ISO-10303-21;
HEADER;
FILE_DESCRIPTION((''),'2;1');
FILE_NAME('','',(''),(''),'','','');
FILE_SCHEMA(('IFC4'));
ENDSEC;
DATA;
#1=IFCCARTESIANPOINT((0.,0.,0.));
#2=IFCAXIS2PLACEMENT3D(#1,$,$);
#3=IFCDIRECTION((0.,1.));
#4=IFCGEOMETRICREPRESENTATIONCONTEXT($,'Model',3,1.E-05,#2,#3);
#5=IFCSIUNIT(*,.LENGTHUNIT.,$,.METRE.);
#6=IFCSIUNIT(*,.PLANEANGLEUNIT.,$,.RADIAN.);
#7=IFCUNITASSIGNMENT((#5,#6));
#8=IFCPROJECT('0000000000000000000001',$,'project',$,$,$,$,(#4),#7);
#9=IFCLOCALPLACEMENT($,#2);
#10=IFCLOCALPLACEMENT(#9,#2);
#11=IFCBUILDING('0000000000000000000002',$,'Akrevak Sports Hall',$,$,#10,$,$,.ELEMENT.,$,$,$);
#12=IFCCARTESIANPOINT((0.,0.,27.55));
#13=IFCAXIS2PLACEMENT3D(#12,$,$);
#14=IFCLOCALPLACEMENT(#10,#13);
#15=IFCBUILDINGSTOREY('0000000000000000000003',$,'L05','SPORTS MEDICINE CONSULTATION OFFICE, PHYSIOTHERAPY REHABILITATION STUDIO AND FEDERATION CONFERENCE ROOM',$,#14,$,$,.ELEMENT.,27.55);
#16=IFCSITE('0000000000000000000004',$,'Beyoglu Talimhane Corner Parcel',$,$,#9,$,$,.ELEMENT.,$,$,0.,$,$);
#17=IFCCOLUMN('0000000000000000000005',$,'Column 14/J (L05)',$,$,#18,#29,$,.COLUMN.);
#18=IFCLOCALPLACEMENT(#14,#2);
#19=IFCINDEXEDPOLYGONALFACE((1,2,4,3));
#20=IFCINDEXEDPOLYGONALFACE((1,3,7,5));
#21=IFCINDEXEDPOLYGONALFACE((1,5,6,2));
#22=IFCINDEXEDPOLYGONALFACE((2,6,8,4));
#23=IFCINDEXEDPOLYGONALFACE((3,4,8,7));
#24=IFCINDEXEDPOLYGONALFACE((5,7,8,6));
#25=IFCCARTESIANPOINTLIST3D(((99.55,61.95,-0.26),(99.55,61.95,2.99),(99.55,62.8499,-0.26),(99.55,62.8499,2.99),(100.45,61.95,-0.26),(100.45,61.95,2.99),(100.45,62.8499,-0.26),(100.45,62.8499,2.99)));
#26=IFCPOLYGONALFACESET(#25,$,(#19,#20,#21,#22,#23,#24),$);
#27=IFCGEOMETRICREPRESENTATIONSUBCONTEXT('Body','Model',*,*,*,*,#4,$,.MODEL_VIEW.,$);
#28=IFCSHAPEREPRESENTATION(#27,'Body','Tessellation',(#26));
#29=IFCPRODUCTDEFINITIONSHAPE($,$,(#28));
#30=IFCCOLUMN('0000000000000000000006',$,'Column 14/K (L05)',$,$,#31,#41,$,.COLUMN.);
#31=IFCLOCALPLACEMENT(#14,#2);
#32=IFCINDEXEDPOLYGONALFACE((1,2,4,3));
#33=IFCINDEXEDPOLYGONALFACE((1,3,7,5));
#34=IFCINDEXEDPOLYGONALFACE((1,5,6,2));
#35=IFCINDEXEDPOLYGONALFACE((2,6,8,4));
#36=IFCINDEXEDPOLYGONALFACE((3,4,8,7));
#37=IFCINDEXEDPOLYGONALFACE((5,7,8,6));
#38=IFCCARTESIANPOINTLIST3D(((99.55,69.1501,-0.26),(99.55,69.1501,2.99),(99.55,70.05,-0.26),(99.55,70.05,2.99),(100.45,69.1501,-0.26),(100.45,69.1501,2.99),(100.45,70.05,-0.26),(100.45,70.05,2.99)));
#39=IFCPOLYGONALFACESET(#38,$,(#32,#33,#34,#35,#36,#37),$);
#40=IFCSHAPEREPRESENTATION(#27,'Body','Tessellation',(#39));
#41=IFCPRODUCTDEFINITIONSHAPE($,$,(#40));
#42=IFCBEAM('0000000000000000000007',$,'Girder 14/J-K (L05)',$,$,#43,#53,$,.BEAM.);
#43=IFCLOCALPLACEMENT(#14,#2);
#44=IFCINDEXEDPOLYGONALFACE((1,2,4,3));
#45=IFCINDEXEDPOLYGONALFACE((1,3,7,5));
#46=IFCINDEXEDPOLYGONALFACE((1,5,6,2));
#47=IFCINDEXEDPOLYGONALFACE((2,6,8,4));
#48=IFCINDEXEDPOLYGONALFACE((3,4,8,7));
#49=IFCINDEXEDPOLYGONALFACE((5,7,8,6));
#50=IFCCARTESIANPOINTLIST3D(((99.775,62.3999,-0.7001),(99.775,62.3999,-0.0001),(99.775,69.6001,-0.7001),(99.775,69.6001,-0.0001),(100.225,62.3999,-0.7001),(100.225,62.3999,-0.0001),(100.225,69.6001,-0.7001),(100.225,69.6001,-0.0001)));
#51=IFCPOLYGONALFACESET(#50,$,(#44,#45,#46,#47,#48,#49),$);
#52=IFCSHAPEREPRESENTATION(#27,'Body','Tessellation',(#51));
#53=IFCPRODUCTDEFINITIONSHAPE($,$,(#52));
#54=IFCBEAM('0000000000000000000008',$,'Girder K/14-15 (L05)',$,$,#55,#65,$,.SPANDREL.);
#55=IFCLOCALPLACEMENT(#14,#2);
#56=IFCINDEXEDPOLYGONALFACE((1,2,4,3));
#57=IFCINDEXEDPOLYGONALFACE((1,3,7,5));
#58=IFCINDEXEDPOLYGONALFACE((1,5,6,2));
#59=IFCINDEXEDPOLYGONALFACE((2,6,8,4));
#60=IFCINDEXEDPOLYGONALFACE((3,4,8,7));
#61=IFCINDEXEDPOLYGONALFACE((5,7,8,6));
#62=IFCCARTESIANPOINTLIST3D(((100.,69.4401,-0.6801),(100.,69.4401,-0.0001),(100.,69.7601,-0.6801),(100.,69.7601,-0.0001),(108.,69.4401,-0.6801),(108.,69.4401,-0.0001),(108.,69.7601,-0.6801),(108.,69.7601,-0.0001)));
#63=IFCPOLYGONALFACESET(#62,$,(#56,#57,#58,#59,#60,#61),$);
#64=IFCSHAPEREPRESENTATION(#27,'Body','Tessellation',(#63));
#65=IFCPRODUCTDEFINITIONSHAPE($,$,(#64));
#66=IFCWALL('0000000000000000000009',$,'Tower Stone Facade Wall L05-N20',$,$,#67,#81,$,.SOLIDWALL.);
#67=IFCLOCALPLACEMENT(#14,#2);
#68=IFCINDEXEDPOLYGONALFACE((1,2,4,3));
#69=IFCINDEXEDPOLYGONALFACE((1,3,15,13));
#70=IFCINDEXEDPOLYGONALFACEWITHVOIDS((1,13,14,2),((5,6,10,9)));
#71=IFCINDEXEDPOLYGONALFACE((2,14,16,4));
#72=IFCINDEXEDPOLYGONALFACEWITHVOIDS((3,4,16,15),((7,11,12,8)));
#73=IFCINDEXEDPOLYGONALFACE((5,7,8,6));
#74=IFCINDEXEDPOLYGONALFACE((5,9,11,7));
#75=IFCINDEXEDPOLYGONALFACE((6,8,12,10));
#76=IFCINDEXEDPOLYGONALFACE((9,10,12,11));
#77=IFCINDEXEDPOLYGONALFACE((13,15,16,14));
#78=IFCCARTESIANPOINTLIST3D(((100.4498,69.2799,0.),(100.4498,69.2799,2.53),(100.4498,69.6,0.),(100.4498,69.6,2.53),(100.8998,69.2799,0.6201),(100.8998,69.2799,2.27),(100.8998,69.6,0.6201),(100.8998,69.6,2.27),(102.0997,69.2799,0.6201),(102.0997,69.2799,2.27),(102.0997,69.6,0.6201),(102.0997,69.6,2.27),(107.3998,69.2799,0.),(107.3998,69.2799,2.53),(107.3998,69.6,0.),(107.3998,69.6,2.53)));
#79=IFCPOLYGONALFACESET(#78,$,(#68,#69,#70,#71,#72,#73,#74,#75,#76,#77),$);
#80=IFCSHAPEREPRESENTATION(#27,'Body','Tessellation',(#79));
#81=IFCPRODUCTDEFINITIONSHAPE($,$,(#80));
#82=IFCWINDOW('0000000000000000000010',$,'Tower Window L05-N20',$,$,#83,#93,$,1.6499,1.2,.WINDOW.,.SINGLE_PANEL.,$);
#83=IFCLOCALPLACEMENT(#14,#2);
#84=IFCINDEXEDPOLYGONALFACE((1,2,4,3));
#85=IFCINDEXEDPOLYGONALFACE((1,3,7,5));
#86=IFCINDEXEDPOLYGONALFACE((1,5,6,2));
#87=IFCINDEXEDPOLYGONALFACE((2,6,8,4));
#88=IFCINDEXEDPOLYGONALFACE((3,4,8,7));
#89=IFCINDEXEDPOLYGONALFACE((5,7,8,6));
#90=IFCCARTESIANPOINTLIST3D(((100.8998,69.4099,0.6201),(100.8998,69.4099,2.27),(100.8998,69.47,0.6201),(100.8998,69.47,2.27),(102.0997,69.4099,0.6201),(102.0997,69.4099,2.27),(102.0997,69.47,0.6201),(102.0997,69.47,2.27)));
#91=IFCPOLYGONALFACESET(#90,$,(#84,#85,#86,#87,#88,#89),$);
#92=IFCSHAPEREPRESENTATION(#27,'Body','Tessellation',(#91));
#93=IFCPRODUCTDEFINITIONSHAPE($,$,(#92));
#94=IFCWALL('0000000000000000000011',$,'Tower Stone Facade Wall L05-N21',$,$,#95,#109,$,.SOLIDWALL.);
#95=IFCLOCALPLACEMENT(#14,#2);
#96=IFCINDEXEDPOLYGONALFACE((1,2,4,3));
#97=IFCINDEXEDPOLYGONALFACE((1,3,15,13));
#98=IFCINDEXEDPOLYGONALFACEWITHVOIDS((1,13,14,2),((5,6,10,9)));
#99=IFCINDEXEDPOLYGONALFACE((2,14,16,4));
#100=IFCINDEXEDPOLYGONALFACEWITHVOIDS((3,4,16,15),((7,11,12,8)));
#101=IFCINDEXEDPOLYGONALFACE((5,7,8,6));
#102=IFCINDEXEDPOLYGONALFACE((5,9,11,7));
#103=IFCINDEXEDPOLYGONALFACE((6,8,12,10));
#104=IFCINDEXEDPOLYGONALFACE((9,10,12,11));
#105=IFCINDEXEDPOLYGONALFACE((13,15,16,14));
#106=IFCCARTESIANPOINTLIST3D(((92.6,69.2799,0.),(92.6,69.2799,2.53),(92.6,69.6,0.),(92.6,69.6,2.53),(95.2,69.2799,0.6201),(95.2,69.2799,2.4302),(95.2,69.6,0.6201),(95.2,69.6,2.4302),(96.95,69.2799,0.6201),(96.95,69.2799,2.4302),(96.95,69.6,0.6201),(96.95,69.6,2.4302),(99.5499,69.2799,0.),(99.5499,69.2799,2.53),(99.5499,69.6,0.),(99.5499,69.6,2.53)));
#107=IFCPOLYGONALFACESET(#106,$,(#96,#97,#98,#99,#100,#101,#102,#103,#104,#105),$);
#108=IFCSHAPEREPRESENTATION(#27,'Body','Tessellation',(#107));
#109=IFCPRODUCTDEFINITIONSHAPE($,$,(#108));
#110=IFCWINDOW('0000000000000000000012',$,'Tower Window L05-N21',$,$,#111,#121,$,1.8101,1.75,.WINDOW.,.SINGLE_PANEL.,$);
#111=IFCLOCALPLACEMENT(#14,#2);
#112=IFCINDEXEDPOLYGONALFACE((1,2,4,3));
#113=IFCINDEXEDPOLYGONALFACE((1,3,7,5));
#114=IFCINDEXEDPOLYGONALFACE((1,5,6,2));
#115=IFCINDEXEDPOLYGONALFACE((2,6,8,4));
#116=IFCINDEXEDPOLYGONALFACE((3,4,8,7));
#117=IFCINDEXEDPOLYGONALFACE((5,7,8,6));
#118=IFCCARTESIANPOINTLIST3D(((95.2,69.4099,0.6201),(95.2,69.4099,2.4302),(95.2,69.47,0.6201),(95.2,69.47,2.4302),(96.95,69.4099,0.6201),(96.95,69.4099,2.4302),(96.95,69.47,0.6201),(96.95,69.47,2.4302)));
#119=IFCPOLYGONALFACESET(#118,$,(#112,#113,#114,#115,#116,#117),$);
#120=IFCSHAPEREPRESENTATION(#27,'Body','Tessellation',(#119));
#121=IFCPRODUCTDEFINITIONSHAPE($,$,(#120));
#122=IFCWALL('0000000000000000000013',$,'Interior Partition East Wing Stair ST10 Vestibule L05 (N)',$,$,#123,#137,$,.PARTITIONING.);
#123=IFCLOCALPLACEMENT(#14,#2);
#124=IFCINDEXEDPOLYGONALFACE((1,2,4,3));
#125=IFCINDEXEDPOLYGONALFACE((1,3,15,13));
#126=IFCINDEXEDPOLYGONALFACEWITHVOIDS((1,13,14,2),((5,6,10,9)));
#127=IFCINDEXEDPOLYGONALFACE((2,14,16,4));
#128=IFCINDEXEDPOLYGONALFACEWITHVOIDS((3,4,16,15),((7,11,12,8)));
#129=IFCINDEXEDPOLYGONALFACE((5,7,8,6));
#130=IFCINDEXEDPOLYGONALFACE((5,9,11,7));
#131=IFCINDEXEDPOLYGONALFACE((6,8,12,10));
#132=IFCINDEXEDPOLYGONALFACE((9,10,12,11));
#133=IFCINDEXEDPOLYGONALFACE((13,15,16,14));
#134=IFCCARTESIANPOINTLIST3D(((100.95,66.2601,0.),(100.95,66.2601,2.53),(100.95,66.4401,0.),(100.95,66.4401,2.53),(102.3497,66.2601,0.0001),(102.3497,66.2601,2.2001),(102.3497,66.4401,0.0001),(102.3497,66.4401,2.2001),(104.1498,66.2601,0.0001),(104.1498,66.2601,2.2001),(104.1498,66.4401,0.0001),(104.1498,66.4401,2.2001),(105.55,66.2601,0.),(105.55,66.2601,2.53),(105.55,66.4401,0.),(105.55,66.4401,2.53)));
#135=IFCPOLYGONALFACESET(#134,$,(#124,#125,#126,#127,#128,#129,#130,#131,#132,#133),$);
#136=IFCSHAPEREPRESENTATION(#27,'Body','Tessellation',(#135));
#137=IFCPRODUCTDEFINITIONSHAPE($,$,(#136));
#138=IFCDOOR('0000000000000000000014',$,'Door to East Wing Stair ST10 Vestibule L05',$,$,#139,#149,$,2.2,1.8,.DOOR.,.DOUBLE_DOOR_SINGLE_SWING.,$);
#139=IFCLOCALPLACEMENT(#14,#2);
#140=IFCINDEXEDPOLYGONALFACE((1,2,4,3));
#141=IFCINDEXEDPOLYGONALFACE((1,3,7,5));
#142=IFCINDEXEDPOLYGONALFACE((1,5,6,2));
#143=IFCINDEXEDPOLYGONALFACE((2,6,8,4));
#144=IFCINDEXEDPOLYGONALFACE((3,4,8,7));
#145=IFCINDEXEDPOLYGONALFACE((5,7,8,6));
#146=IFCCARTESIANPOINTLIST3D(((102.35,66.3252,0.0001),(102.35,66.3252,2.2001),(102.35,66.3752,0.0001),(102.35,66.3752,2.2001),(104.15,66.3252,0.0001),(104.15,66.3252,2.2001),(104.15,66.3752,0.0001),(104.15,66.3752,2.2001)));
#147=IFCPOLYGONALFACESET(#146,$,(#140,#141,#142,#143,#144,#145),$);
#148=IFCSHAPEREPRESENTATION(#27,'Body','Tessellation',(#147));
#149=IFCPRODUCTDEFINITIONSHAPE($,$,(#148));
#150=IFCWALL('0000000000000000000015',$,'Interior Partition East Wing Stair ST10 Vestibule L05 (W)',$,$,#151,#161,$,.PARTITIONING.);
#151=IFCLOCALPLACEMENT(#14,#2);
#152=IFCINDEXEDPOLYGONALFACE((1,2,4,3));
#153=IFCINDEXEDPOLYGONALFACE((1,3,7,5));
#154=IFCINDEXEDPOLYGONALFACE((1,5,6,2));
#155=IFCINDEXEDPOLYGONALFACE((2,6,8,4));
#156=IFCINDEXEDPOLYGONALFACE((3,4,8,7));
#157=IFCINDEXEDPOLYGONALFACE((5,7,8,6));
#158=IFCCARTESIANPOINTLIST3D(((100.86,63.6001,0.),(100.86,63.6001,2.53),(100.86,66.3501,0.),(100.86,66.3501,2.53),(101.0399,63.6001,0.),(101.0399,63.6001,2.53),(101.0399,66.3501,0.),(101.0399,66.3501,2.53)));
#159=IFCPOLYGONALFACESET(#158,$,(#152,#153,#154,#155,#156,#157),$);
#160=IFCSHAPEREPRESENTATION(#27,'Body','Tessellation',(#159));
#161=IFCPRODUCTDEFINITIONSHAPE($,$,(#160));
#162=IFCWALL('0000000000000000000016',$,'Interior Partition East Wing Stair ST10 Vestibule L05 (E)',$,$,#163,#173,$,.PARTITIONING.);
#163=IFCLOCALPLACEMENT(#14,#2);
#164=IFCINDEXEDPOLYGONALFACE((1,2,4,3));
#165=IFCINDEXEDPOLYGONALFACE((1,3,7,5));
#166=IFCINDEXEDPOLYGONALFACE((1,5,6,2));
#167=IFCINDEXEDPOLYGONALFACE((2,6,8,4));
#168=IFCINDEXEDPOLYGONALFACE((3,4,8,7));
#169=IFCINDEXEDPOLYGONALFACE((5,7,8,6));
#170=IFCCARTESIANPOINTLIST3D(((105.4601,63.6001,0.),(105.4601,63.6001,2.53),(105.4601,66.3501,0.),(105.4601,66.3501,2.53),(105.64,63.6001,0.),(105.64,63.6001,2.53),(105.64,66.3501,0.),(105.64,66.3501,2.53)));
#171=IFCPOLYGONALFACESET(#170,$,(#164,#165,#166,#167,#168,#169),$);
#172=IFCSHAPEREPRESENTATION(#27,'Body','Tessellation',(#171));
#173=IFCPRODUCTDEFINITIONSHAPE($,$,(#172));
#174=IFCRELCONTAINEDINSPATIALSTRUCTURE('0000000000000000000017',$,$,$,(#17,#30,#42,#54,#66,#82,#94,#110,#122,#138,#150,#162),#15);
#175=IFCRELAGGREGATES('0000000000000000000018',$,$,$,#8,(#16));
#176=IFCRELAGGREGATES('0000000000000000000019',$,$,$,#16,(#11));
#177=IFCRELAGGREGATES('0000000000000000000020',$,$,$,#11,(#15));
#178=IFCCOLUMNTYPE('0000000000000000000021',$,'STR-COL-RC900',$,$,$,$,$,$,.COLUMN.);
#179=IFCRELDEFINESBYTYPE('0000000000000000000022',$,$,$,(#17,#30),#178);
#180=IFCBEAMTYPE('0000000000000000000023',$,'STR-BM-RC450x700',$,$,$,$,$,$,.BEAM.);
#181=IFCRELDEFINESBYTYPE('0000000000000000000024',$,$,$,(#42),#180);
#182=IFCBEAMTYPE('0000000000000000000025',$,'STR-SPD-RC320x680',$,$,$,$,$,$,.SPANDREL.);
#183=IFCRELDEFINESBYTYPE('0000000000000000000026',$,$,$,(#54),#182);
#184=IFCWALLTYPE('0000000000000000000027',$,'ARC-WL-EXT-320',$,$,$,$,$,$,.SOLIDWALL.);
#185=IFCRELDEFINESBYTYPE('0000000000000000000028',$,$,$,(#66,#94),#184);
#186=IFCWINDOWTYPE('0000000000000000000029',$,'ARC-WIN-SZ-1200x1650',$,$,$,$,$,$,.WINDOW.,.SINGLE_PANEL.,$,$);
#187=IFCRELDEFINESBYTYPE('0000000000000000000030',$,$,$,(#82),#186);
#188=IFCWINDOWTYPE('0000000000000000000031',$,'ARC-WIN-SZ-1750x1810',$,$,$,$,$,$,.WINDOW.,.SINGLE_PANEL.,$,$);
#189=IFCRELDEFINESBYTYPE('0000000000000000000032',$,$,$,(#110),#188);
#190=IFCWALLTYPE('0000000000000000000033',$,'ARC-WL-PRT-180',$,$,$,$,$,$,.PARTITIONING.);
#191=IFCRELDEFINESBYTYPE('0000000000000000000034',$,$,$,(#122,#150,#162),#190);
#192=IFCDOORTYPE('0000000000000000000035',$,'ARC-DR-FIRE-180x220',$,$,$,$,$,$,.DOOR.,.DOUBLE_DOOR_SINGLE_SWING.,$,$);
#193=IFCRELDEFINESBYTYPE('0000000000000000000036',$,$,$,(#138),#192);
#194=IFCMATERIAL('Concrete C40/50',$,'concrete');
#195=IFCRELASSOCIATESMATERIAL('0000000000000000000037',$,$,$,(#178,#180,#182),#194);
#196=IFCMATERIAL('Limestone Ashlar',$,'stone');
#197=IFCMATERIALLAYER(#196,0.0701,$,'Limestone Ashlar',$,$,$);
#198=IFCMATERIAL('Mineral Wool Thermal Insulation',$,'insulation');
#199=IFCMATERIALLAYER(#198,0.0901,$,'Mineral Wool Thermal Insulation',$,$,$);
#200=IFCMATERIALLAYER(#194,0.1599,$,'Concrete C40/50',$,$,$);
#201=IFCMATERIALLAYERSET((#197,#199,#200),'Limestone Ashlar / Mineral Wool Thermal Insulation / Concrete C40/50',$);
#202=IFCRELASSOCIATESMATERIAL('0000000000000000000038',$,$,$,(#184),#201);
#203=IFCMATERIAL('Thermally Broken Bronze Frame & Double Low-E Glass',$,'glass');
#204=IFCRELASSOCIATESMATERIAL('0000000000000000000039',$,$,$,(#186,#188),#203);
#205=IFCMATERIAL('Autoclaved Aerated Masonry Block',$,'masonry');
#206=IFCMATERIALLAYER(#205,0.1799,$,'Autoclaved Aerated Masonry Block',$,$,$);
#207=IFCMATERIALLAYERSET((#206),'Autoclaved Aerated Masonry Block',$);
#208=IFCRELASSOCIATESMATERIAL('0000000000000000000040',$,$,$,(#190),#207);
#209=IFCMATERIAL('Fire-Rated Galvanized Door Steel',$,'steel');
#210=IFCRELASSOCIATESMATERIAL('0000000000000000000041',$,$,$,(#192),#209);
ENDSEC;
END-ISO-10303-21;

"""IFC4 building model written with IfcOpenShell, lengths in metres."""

from ifc_helpers import new_model, si_unit, direction, frame, frame_2d, origin, origin_2d, place, context, subcontext, project, spatial, rectangle, extrude, material, layer, layer_set, material_profile, profile_set, type_object, element, fill, save


model = new_model("IFC4")

# Units and contexts
model_context = context("Model", 3, precision=1e-05, world=origin(), true_north=direction((0.0, 1.0)))
body_context = subcontext(model_context, "Body", "Model", "MODEL_VIEW")
ifc_project = project(units=[si_unit("LENGTHUNIT", "METRE"), si_unit("PLANEANGLEUNIT", "RADIAN")], contexts=[model_context])

# Site, building, storey
site_placement = place(None, origin())
site = spatial("IfcSite", under=ifc_project, at=site_placement, Name="Beyoglu Talimhane Corner Parcel", CompositionType="ELEMENT", RefElevation=0.0)
building_placement = place(site_placement, origin())
building = spatial("IfcBuilding", under=site, at=building_placement, Name="Akrevak Sports Hall", CompositionType="ELEMENT")
storey_placement = place(building_placement, frame((0.0, 0.0, 27.55)))
storey = spatial("IfcBuildingStorey", under=building, at=storey_placement, Name="L05", Description="SPORTS MEDICINE CONSULTATION OFFICE, PHYSIOTHERAPY REHABILITATION STUDIO AND FEDERATION CONFERENCE ROOM", CompositionType="ELEMENT", Elevation=27.55)

# Columns
ifc_material_1 = material(Name="Concrete C40/50", Category="concrete")
ifc_material_profile_1 = material_profile(ifc_material_1, rectangle(XDim=0.8999, YDim=0.8999, at=origin_2d()), Name="RC 900x900", Category="concrete")
ifc_profile_set_1 = profile_set([ifc_material_profile_1], Name="Concrete C40/50")
column_type = type_object("IfcColumnType", Name="STR-COL-RC900", PredefinedType="COLUMN", material=ifc_profile_set_1)
for number, where, z_axis, x_axis, name in (
    (1, (100.0, 62.3999, -0.26), (0.0, 0.0, 1.0), (1.0, 0.0, 0.0), "Column 14/J (L05)"),
    (2, (100.0, 69.6001, -0.26), (0.0, 0.0, 1.0), (1.0, 0.0, 0.0), "Column 14/K (L05)"),
):
    element("IfcColumn", number, at=place(storey_placement, frame(where, z_axis=z_axis, x_axis=x_axis)), inside=storey, type_object=column_type, Name=name, PredefinedType="COLUMN", context=body_context, shape_type="SweptSolid", body=[
        extrude(rectangle(XDim=0.8999, YDim=0.8999, at=origin_2d()), origin(), (0.0, 0.0, 1.0), 3.25),
    ])

# Beams
ifc_material_profile_2 = material_profile(ifc_material_1, rectangle(XDim=0.45, YDim=0.7, at=origin_2d()), Name="BM 450x700", Category="concrete")
ifc_profile_set_2 = profile_set([ifc_material_profile_2], Name="Concrete C40/50")
beam_type_1 = type_object("IfcBeamType", Name="STR-BM-RC450x700", PredefinedType="BEAM", material=ifc_profile_set_2)
beam_1_placement = place(storey_placement, frame((100.0, 62.3999, -0.3501), z_axis=(0.0, 1.0, 0.0), x_axis=(-1.0, 0.0, 0.0)))
element("IfcBeam", 3, at=beam_1_placement, inside=storey, type_object=beam_type_1, Name="Girder 14/J-K (L05)", PredefinedType="BEAM", context=body_context, shape_type="SweptSolid", body=[
    extrude(rectangle(XDim=0.45, YDim=0.7, at=origin_2d()), origin(), (0.0, 0.0, 1.0), 7.2002),
])
ifc_material_profile_3 = material_profile(ifc_material_1, rectangle(XDim=0.3201, YDim=0.6799, at=origin_2d()), Name="SPD 320x680", Category="concrete")
ifc_profile_set_3 = profile_set([ifc_material_profile_3], Name="Concrete C40/50")
beam_type_2 = type_object("IfcBeamType", Name="STR-SPD-RC320x680", PredefinedType="SPANDREL", material=ifc_profile_set_3)
beam_2_placement = place(storey_placement, frame((100.0, 69.6001, -0.3401), z_axis=(1.0, 0.0, 0.0), x_axis=(0.0, 1.0, 0.0)))
element("IfcBeam", 4, at=beam_2_placement, inside=storey, type_object=beam_type_2, Name="Girder K/14-15 (L05)", PredefinedType="SPANDREL", context=body_context, shape_type="SweptSolid", body=[
    extrude(rectangle(XDim=0.3201, YDim=0.6799, at=origin_2d()), origin(), (0.0, 0.0, 1.0), 8.0),
])

# Walls, openings, windows
ifc_material_2 = material(Name="Limestone Ashlar", Category="stone")
ifc_layer_1 = layer(ifc_material_2, 0.0701, Name="Limestone Ashlar")
ifc_material_3 = material(Name="Mineral Wool Thermal Insulation", Category="insulation")
ifc_layer_2 = layer(ifc_material_3, 0.0901, Name="Mineral Wool Thermal Insulation")
ifc_layer_3 = layer(ifc_material_1, 0.1599, Name="Concrete C40/50")
ifc_layer_set_1 = layer_set([ifc_layer_1, ifc_layer_2, ifc_layer_3], Name="Limestone Ashlar / Mineral Wool Thermal Insulation / Concrete C40/50")
wall_type_1 = type_object("IfcWallType", Name="ARC-WL-EXT-320", PredefinedType="SOLIDWALL", material=ifc_layer_set_1)
wall_1_placement = place(storey_placement, frame((107.3999, 69.4399, 0.0), z_axis=(0.0, 0.0, 1.0), x_axis=(-1.0, 0.0, 0.0)))
wall_1 = element("IfcWall", 5, at=wall_1_placement, inside=storey, type_object=wall_type_1, Name="Tower Stone Facade Wall L05-N20", PredefinedType="SOLIDWALL", context=body_context, shape_type="SweptSolid", body=[
    extrude(rectangle(XDim=6.95, YDim=0.3201, at=frame_2d((3.4751, 0.0))), origin(), (0.0, 0.0, 1.0), 2.53),
])
opening_1_placement = place(wall_1_placement, frame((5.3, 0.0, 0.6201)))
opening_1 = element("IfcOpeningElement", 6, at=opening_1_placement, cuts=wall_1, PredefinedType="OPENING", context=body_context, shape_type="SweptSolid", body=[
    extrude(rectangle(XDim=1.2, YDim=1.6499, at=frame_2d((0.6001, 0.825))), frame((0.0, 0.1719, 0.0), z_axis=(0.0, -1.0, 0.0), x_axis=(1.0, 0.0, 0.0)), (0.0, 0.0, 1.0), 0.344),
])
ifc_material_4 = material(Name="Thermally Broken Bronze Frame & Double Low-E Glass", Category="glass")
window_type_1 = type_object("IfcWindowType", Name="ARC-WIN-SZ-1200x1650", PartitioningType="SINGLE_PANEL", PredefinedType="WINDOW", material=ifc_material_4)
window_1_placement = place(opening_1_placement, origin())
window_1 = element("IfcWindow", 7, at=window_1_placement, inside=storey, type_object=window_type_1, Name="Tower Window L05-N20", OverallHeight=1.6499, OverallWidth=1.2, PartitioningType="SINGLE_PANEL", PredefinedType="WINDOW", context=body_context, shape_type="SweptSolid", body=[
    extrude(rectangle(XDim=1.2, YDim=1.6499, at=frame_2d((0.6001, 0.825))), frame((0.0, 0.03, 0.0), z_axis=(0.0, -1.0, 0.0), x_axis=(1.0, 0.0, 0.0)), (0.0, 0.0, 1.0), 0.0601),
])
fill(opening_1, window_1)
wall_2_placement = place(storey_placement, frame((99.55, 69.4399, 0.0), z_axis=(0.0, 0.0, 1.0), x_axis=(-1.0, 0.0, 0.0)))
wall_2 = element("IfcWall", 8, at=wall_2_placement, inside=storey, type_object=wall_type_1, Name="Tower Stone Facade Wall L05-N21", PredefinedType="SOLIDWALL", context=body_context, shape_type="SweptSolid", body=[
    extrude(rectangle(XDim=6.95, YDim=0.3201, at=frame_2d((3.4751, 0.0))), origin(), (0.0, 0.0, 1.0), 2.53),
])
opening_2_placement = place(wall_2_placement, frame((2.6001, 0.0, 0.6201)))
opening_2 = element("IfcOpeningElement", 9, at=opening_2_placement, cuts=wall_2, PredefinedType="OPENING", context=body_context, shape_type="SweptSolid", body=[
    extrude(rectangle(XDim=1.75, YDim=1.8101, at=frame_2d((0.875, 0.905))), frame((0.0, 0.1719, 0.0), z_axis=(0.0, -1.0, 0.0), x_axis=(1.0, 0.0, 0.0)), (0.0, 0.0, 1.0), 0.344),
])
window_type_2 = type_object("IfcWindowType", Name="ARC-WIN-SZ-1750x1810", PartitioningType="SINGLE_PANEL", PredefinedType="WINDOW", material=ifc_material_4)
window_2_placement = place(opening_2_placement, origin())
window_2 = element("IfcWindow", 10, at=window_2_placement, inside=storey, type_object=window_type_2, Name="Tower Window L05-N21", OverallHeight=1.8101, OverallWidth=1.75, PartitioningType="SINGLE_PANEL", PredefinedType="WINDOW", context=body_context, shape_type="SweptSolid", body=[
    extrude(rectangle(XDim=1.75, YDim=1.8101, at=frame_2d((0.875, 0.905))), frame((0.0, 0.03, 0.0), z_axis=(0.0, -1.0, 0.0), x_axis=(1.0, 0.0, 0.0)), (0.0, 0.0, 1.0), 0.0601),
])
fill(opening_2, window_2)

# Wall, opening, door
ifc_material_5 = material(Name="Autoclaved Aerated Masonry Block", Category="masonry")
ifc_layer_4 = layer(ifc_material_5, 0.1799, Name="Autoclaved Aerated Masonry Block")
ifc_layer_set_2 = layer_set([ifc_layer_4], Name="Autoclaved Aerated Masonry Block")
wall_type_2 = type_object("IfcWallType", Name="ARC-WL-PRT-180", PredefinedType="PARTITIONING", material=ifc_layer_set_2)
wall_3_placement = place(storey_placement, frame((100.95, 66.3501, 0.0), z_axis=(0.0, 0.0, 1.0), x_axis=(1.0, 0.0, 0.0)))
wall_3 = element("IfcWall", 11, at=wall_3_placement, inside=storey, type_object=wall_type_2, Name="Interior Partition East Wing Stair ST10 Vestibule L05 (N)", PredefinedType="PARTITIONING", context=body_context, shape_type="SweptSolid", body=[
    extrude(rectangle(XDim=4.6001, YDim=0.1799, at=frame_2d((2.3, 0.0))), origin(), (0.0, 0.0, 1.0), 2.53),
])
opening_3_placement = place(wall_3_placement, frame((1.3999, 0.0, 0.0)))
opening_3 = element("IfcOpeningElement", 12, at=opening_3_placement, cuts=wall_3, PredefinedType="OPENING", context=body_context, shape_type="SweptSolid", body=[
    extrude(rectangle(XDim=1.8, YDim=2.2, at=frame_2d((0.8999, 1.1001))), frame((0.0, 0.1021, 0.0), z_axis=(0.0, -1.0, 0.0), x_axis=(1.0, 0.0, 0.0)), (0.0, 0.0, 1.0), 0.2039),
])
ifc_material_6 = material(Name="Fire-Rated Galvanized Door Steel", Category="steel")
door_type_1 = type_object("IfcDoorType", Name="ARC-DR-FIRE-180x220", OperationType="DOUBLE_DOOR_SINGLE_SWING", PredefinedType="DOOR", material=ifc_material_6)
door_1_placement = place(opening_3_placement, frame((1.8, 0.0, 0.0), z_axis=(0.0, 0.0, 1.0), x_axis=(-1.0, 0.0, 0.0)))
door_1 = element("IfcDoor", 13, at=door_1_placement, inside=storey, type_object=door_type_1, Name="Door to East Wing Stair ST10 Vestibule L05", OperationType="DOUBLE_DOOR_SINGLE_SWING", OverallHeight=2.2, OverallWidth=1.8, PredefinedType="DOOR", context=body_context, shape_type="SweptSolid", body=[
    extrude(rectangle(XDim=1.8, YDim=2.2, at=frame_2d((0.8999, 1.1001))), frame((0.0, 0.0249, 0.0), z_axis=(0.0, -1.0, 0.0), x_axis=(1.0, 0.0, 0.0)), (0.0, 0.0, 1.0), 0.05),
])
fill(opening_3, door_1)

# Walls
for number, where, z_axis, x_axis, name in (
    (14, (100.95, 63.6001, 0.0), (0.0, 0.0, 1.0), (0.0, 1.0, 0.0), "Interior Partition East Wing Stair ST10 Vestibule L05 (W)"),
    (15, (105.55, 63.6001, 0.0), (0.0, 0.0, 1.0), (0.0, 1.0, 0.0), "Interior Partition East Wing Stair ST10 Vestibule L05 (E)"),
):
    element("IfcWall", number, at=place(storey_placement, frame(where, z_axis=z_axis, x_axis=x_axis)), inside=storey, type_object=wall_type_2, Name=name, PredefinedType="PARTITIONING", context=body_context, shape_type="SweptSolid", body=[
        extrude(rectangle(XDim=2.75, YDim=0.1799, at=frame_2d((1.375, 0.0))), origin(), (0.0, 0.0, 1.0), 2.53),
    ])

save(model, "model.ifc")
